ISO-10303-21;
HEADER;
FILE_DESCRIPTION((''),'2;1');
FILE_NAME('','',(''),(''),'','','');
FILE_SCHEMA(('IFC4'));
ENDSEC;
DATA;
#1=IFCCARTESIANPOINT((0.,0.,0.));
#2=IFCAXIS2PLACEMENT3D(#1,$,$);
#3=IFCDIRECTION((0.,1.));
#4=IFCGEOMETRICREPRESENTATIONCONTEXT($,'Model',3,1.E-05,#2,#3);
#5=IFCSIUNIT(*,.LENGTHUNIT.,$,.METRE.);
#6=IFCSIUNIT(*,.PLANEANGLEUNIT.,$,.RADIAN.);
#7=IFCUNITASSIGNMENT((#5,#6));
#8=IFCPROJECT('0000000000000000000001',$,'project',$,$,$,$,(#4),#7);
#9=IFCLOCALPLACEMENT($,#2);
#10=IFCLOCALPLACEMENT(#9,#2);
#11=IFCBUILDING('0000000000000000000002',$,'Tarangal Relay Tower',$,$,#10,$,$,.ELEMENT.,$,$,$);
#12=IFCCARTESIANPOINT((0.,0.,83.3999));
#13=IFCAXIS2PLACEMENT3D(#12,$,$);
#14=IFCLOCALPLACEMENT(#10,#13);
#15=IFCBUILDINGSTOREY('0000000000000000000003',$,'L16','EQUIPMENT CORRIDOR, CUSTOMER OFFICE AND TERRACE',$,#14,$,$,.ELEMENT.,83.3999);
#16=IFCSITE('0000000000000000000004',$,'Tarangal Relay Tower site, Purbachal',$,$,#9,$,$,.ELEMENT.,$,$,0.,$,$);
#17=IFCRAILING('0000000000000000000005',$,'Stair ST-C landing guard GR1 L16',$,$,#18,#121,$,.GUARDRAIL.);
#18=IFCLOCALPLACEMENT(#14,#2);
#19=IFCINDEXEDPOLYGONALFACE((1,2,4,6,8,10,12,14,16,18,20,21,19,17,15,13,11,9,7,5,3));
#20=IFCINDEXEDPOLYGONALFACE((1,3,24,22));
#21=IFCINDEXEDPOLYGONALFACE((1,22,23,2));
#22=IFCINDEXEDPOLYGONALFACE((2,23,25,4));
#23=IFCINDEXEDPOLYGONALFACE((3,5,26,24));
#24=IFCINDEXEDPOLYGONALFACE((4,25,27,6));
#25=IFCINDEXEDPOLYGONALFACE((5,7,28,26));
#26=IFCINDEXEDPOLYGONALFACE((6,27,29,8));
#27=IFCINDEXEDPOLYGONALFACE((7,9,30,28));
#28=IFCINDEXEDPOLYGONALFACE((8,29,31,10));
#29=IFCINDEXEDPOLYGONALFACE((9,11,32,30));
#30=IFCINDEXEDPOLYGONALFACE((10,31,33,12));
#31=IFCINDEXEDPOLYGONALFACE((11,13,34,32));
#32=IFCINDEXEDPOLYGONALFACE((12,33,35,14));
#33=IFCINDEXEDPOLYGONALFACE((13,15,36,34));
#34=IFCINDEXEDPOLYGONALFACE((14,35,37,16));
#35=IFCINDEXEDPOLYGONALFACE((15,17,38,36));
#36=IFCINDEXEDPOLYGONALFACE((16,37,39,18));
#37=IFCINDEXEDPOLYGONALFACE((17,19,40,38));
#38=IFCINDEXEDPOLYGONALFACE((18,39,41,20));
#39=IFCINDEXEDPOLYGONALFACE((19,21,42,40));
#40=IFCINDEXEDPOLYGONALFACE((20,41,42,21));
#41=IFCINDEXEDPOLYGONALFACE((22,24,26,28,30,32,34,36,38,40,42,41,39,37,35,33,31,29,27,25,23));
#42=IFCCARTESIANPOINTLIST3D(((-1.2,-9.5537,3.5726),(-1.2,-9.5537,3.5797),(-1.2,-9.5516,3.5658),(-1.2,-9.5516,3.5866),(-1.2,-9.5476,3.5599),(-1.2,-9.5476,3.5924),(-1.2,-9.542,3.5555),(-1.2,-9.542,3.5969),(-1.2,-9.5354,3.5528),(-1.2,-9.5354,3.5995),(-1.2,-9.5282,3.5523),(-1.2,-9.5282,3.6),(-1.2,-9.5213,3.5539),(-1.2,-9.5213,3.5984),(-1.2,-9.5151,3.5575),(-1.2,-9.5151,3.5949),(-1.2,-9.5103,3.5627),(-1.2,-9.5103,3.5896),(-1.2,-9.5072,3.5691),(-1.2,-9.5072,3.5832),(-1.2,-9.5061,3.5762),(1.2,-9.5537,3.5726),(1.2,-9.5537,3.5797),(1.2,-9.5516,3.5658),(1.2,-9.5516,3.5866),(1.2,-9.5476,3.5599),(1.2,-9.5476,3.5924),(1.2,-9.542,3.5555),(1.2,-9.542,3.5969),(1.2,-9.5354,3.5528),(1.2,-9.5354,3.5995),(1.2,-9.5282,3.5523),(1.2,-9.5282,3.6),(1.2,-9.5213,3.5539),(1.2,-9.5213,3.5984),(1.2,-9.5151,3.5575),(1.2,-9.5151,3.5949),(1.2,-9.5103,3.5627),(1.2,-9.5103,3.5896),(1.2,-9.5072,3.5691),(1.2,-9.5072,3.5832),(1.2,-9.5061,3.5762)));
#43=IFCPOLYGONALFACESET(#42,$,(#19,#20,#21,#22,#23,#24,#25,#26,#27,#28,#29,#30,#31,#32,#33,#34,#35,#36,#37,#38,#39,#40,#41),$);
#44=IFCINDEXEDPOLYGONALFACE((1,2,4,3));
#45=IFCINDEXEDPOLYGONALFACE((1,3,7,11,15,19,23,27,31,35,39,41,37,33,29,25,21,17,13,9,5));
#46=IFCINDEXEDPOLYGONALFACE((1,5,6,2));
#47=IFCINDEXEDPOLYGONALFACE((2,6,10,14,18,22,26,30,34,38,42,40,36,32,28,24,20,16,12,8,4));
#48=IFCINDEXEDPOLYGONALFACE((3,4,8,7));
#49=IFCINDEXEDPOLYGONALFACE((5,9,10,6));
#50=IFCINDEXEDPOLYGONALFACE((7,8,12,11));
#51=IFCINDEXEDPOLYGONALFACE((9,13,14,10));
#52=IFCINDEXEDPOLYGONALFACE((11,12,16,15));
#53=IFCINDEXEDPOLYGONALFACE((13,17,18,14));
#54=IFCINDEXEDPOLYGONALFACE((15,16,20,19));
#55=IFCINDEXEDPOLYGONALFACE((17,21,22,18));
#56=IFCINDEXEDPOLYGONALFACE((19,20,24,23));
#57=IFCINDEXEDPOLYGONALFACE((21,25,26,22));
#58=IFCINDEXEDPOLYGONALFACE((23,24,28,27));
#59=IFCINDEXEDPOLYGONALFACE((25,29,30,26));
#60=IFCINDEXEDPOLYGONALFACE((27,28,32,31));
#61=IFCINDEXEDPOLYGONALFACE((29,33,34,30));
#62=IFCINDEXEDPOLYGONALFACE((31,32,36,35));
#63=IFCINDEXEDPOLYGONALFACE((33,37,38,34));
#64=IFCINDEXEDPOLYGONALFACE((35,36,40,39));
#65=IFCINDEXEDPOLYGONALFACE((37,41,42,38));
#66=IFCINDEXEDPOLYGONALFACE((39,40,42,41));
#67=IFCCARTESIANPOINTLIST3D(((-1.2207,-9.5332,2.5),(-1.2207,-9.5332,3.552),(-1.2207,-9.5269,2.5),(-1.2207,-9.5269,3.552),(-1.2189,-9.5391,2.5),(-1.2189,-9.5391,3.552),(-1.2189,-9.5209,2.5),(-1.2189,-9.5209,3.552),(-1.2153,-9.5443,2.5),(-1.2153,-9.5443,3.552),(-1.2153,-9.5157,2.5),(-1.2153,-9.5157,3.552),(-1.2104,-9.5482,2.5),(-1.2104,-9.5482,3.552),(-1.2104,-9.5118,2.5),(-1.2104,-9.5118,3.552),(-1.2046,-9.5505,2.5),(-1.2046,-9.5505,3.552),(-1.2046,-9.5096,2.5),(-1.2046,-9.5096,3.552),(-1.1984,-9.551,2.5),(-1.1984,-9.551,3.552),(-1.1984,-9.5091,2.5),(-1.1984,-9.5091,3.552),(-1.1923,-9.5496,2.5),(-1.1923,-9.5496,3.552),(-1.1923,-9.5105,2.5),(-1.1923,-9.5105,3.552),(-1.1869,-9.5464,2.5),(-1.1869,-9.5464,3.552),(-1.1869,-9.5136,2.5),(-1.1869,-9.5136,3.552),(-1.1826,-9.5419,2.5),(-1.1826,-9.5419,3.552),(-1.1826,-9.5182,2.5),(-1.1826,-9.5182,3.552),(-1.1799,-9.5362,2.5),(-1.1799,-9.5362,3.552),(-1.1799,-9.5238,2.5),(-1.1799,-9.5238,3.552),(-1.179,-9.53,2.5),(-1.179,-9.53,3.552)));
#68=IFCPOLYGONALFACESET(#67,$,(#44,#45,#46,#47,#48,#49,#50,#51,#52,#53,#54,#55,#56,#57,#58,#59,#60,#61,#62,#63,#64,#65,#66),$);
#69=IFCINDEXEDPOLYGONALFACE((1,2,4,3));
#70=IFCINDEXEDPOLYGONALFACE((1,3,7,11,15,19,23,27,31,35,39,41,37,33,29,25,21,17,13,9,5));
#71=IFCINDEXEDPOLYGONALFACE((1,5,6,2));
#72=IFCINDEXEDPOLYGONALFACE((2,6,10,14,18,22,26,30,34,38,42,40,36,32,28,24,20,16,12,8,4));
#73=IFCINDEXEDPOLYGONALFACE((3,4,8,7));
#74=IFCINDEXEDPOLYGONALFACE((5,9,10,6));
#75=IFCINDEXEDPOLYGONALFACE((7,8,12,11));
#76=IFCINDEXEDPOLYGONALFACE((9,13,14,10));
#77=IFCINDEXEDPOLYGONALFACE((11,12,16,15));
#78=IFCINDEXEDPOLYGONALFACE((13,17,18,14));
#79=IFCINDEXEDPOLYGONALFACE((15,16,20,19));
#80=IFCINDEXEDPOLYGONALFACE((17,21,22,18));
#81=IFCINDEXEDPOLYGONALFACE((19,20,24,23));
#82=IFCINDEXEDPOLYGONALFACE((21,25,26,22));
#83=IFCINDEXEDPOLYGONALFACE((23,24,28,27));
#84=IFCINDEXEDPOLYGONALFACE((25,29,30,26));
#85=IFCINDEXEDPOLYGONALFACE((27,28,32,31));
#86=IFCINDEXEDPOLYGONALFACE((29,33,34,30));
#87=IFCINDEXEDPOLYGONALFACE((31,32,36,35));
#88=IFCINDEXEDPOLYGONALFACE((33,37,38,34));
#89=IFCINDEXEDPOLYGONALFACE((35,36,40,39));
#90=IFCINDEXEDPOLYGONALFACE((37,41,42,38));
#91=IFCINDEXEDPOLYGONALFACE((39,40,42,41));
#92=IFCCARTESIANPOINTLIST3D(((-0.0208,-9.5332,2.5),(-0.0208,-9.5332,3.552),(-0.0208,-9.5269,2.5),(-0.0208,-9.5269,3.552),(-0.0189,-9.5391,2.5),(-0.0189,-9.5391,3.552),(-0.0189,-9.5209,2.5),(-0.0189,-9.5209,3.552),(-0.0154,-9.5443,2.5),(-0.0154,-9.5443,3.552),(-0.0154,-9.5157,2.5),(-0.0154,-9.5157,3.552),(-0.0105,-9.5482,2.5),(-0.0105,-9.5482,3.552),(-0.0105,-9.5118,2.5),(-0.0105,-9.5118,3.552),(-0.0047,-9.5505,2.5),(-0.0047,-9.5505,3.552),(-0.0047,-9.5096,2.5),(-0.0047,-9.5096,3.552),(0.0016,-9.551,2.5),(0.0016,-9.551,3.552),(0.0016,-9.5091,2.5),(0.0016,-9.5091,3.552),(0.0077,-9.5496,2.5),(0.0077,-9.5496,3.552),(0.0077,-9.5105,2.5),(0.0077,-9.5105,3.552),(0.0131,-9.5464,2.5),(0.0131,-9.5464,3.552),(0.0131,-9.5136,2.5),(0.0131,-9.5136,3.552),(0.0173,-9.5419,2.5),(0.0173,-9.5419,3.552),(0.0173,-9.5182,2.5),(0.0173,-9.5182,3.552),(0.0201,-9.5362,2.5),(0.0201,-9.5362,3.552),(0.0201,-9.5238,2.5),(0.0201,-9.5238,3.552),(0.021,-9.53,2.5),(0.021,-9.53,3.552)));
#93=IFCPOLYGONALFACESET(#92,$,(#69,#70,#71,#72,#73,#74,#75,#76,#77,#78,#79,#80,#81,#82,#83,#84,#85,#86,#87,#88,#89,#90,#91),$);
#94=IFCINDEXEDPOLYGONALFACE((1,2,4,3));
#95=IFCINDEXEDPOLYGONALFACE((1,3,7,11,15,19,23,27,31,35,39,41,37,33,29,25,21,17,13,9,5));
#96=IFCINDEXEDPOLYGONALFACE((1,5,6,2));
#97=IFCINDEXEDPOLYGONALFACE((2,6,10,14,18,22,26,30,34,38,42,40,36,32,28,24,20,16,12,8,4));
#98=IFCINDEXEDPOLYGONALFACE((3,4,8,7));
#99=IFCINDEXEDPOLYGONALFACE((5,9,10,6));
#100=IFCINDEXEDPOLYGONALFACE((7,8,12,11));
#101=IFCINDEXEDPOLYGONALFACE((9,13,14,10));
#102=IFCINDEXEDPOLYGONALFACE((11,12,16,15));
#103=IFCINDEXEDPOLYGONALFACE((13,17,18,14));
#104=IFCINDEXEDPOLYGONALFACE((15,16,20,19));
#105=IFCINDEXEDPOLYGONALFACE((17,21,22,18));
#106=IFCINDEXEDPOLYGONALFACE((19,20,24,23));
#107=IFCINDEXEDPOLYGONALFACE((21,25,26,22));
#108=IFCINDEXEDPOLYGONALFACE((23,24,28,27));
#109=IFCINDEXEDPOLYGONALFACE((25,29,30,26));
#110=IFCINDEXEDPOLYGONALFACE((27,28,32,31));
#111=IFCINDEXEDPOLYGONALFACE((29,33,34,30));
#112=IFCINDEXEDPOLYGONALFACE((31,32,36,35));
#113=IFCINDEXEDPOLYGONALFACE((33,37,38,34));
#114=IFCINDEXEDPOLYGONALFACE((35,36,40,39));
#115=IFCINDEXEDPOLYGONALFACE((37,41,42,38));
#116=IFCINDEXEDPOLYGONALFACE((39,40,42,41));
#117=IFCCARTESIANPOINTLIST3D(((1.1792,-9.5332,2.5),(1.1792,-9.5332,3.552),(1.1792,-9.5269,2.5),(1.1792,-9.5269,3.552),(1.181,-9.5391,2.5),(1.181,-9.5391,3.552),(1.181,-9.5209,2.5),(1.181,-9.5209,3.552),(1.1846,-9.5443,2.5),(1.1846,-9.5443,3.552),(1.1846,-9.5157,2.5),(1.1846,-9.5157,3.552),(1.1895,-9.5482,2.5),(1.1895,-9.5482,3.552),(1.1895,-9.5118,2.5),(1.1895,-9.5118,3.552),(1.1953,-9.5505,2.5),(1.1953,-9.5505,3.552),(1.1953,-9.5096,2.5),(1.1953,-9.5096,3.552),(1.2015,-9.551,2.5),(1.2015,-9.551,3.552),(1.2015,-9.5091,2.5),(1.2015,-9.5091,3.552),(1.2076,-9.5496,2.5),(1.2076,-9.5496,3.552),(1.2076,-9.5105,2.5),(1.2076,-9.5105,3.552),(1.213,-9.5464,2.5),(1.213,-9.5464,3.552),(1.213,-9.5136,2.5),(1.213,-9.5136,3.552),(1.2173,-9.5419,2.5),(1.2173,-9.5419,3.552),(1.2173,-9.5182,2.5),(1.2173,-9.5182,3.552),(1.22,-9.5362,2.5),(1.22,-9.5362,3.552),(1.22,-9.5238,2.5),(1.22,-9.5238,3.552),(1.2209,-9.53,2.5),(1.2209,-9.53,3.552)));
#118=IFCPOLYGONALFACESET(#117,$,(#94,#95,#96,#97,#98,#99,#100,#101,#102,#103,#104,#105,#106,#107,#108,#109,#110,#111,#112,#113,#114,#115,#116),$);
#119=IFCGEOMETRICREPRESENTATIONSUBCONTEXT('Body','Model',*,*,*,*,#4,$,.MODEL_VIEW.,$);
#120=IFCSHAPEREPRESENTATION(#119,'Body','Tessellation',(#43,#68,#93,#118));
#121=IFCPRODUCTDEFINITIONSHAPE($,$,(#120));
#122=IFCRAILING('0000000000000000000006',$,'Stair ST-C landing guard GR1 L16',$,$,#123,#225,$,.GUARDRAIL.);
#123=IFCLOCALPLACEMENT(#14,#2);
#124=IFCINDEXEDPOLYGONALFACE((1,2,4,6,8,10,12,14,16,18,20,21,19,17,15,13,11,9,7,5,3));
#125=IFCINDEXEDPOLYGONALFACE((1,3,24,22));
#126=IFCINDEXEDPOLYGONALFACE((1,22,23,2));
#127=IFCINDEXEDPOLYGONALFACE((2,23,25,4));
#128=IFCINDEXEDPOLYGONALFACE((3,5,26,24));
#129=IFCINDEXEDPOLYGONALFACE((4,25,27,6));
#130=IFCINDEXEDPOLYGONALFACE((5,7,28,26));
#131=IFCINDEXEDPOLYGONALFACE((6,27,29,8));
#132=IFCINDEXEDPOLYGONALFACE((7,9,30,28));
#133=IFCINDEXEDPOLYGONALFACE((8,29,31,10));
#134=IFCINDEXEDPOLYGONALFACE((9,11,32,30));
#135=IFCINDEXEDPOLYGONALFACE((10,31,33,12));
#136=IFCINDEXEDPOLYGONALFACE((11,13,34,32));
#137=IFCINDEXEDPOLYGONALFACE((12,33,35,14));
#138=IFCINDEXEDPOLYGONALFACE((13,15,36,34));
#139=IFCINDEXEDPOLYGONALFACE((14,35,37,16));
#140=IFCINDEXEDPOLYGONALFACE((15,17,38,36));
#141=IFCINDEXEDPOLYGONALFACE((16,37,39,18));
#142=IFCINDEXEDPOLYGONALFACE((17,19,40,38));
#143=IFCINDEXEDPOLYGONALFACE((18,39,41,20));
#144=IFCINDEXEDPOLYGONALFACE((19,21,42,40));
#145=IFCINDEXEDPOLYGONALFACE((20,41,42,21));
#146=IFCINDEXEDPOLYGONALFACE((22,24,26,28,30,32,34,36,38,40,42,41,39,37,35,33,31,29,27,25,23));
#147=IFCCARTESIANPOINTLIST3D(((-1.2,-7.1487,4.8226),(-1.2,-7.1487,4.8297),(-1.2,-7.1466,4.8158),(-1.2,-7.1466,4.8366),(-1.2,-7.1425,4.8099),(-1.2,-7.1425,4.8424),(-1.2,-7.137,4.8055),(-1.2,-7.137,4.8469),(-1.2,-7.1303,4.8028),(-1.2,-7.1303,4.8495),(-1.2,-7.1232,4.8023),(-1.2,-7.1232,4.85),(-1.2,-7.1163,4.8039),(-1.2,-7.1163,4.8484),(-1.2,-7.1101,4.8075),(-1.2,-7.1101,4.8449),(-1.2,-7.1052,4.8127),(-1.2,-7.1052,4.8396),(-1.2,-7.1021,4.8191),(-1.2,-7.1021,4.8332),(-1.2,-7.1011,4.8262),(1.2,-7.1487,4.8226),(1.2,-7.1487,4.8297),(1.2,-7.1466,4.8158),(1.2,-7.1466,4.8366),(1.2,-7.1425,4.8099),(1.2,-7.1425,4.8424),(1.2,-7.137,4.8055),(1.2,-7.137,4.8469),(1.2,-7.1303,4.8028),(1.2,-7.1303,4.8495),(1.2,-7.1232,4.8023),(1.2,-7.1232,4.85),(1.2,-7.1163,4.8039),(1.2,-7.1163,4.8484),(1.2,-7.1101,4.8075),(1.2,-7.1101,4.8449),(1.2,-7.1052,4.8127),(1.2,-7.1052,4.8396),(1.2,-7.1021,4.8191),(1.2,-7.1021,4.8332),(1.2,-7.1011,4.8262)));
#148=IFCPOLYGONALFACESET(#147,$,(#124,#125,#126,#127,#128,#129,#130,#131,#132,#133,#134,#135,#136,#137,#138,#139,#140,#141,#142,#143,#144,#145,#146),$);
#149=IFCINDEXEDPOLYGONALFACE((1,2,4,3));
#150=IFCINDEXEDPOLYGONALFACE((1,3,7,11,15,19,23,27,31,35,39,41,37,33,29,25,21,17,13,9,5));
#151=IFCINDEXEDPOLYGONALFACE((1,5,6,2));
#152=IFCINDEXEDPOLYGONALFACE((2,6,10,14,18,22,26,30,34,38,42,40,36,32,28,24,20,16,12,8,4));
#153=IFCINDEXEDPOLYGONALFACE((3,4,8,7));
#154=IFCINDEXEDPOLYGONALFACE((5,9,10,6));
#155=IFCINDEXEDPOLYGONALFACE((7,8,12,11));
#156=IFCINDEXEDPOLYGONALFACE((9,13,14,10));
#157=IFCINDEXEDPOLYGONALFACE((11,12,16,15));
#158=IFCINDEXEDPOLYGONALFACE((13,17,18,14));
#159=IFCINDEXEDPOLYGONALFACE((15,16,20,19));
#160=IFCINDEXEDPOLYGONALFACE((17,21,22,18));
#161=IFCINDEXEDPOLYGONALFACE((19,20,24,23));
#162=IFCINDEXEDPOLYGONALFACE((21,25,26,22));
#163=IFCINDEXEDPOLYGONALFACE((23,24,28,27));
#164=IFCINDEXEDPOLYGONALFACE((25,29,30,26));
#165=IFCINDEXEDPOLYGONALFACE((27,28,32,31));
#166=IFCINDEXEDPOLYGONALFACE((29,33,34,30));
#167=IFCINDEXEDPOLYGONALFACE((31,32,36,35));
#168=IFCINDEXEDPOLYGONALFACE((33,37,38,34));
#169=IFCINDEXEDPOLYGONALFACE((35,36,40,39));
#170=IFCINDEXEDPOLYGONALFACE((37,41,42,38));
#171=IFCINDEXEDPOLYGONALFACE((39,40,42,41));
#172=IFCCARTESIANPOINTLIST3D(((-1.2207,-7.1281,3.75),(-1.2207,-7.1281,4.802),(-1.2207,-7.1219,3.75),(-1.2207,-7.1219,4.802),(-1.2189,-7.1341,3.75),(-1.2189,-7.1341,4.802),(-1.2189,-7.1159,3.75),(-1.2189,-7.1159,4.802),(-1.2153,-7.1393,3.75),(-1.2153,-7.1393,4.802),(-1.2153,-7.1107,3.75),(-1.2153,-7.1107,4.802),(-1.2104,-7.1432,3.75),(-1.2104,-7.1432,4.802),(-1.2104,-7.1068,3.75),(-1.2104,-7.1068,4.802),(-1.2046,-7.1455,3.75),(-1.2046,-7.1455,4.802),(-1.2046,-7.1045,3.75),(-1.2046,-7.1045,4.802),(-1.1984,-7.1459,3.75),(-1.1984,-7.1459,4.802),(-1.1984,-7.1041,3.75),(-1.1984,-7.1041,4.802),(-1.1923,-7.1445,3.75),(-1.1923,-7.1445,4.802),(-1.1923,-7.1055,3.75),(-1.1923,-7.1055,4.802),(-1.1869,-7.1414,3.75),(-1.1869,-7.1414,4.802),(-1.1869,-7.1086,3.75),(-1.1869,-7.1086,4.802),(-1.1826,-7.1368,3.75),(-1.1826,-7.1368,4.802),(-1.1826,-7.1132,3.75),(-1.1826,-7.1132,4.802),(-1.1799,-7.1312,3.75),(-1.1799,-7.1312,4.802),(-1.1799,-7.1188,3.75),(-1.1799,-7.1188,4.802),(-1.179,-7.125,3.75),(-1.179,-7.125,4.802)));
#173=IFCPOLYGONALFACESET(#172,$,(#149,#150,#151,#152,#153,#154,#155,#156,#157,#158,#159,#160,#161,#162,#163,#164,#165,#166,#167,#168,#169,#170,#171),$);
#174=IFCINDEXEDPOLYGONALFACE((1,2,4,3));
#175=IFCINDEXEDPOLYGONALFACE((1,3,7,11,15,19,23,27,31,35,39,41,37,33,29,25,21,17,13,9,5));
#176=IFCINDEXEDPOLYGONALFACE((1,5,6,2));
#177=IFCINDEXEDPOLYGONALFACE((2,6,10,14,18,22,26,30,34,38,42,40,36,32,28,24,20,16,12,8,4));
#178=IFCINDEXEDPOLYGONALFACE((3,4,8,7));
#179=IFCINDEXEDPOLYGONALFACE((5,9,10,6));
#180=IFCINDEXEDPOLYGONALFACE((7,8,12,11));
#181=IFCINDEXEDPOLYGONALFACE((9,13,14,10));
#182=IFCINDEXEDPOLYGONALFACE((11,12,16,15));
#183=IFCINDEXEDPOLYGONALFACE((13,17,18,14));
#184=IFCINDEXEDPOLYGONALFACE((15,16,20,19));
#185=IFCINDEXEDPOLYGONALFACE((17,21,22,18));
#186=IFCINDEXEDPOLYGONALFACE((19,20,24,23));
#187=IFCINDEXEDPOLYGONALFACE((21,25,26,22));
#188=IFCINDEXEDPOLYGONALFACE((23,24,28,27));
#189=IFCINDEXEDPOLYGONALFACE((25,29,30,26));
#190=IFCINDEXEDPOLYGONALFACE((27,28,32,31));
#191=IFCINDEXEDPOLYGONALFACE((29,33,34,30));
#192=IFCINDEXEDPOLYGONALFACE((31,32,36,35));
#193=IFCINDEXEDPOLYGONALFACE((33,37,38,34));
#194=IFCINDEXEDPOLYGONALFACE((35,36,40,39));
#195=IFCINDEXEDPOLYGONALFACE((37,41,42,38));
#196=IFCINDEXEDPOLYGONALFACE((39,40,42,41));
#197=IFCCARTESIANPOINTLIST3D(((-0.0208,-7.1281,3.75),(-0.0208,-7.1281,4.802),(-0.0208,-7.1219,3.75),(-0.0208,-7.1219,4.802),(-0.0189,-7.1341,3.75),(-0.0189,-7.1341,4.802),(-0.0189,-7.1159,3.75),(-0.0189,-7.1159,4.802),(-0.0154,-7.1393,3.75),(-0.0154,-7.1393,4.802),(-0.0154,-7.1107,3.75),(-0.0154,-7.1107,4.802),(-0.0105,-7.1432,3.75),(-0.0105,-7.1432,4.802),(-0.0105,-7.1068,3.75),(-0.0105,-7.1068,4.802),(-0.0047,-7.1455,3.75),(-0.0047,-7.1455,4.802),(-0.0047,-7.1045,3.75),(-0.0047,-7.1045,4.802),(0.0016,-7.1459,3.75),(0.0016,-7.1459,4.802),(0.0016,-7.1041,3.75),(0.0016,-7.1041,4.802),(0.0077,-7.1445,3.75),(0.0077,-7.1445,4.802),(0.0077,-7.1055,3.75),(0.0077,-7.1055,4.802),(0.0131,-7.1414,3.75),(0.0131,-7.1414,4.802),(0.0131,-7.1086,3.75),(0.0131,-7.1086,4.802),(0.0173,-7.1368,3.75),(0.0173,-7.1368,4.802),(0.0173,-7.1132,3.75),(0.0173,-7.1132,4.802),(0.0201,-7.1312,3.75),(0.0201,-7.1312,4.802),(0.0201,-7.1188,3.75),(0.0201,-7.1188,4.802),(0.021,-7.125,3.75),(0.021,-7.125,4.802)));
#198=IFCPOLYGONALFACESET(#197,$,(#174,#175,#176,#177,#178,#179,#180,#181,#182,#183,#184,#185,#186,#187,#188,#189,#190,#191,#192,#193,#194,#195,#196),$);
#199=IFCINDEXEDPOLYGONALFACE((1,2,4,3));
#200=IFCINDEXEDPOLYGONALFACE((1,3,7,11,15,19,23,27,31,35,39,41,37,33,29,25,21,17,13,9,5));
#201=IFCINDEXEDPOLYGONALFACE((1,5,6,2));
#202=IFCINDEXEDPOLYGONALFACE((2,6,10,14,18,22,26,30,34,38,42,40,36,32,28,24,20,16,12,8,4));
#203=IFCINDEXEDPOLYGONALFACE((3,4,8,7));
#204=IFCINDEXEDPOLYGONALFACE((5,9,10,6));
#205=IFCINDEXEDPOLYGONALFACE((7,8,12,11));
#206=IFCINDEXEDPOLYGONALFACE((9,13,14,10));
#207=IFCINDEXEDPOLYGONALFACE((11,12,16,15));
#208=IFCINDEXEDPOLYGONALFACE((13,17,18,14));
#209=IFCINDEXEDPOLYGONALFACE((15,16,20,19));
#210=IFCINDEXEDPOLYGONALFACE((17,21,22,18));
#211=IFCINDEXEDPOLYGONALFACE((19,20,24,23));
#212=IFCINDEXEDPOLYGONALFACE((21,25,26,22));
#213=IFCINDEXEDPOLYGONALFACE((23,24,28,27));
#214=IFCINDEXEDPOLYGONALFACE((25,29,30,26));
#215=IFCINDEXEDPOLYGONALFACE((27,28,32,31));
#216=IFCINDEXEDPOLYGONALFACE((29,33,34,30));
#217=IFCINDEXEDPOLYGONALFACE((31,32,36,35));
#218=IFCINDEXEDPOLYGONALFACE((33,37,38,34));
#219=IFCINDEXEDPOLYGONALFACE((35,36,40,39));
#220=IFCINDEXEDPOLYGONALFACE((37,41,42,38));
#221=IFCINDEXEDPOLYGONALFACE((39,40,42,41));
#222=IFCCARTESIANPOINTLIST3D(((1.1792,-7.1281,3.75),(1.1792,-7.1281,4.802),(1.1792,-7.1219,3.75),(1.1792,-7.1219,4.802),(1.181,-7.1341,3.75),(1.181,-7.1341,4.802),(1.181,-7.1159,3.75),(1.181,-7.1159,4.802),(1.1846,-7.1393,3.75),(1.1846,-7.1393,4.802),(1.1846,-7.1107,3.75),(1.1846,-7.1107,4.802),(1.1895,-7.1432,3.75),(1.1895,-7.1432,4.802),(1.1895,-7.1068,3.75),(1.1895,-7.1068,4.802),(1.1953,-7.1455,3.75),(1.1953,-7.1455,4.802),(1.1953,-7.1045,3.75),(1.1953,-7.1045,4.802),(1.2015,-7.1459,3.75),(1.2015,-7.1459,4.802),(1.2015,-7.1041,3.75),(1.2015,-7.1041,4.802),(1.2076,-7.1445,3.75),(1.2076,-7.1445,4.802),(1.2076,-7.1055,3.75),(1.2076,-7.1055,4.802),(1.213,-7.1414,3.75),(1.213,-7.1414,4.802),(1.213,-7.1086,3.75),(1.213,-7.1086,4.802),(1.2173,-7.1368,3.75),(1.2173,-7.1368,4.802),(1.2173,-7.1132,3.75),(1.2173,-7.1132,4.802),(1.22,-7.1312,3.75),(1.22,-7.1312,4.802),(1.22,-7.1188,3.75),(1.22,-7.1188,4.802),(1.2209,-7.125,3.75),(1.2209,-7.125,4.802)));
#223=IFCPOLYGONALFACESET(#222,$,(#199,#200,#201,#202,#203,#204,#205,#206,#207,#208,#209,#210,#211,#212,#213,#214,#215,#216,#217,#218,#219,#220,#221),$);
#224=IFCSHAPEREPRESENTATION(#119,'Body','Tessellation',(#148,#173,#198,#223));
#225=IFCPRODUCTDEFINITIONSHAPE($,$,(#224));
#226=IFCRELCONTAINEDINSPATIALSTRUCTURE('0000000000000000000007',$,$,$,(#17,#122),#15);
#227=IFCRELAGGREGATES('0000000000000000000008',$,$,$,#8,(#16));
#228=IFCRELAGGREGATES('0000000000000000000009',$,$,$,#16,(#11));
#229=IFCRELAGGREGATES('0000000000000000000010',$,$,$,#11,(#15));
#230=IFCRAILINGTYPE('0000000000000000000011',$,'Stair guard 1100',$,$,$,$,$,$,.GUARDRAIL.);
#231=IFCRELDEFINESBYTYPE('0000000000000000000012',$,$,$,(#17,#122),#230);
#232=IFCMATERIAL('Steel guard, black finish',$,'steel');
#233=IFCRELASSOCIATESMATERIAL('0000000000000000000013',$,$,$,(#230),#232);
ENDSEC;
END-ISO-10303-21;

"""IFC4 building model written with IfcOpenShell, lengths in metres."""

from ifc_helpers import new_model, si_unit, direction, frame, origin, origin_2d, place, context, subcontext, project, spatial, circle, extrude, material, type_object, element, save


model = new_model("IFC4")

# Units and contexts
model_context = context("Model", 3, precision=1e-05, world=origin(), true_north=direction((0.0, 1.0)))
body_context = subcontext(model_context, "Body", "Model", "MODEL_VIEW")
ifc_project = project(units=[si_unit("LENGTHUNIT", "METRE"), si_unit("PLANEANGLEUNIT", "RADIAN")], contexts=[model_context])

# Site, building, storey
site_placement = place(None, origin())
site = spatial("IfcSite", under=ifc_project, at=site_placement, Name="Tarangal Relay Tower site, Purbachal", CompositionType="ELEMENT", RefElevation=0.0)
building_placement = place(site_placement, origin())
building = spatial("IfcBuilding", under=site, at=building_placement, Name="Tarangal Relay Tower", CompositionType="ELEMENT")
storey_placement = place(building_placement, frame((0.0, 0.0, 83.3999)))
storey = spatial("IfcBuildingStorey", under=building, at=storey_placement, Name="L16", Description="EQUIPMENT CORRIDOR, CUSTOMER OFFICE AND TERRACE", CompositionType="ELEMENT", Elevation=83.3999)

# Railings
ifc_material_1 = material(Name="Steel guard, black finish", Category="steel")
railing_type_1 = type_object("IfcRailingType", Name="Stair guard 1100", PredefinedType="GUARDRAIL", material=ifc_material_1)
for number, where, name in (
    (1, (-1.2, -9.53, 2.5), "Stair ST-C landing guard GR1 L16"),
    (2, (-1.2, -7.125, 3.75), "Stair ST-C landing guard GR1 L16"),
):
    element("IfcRailing", number, at=place(storey_placement, frame(where)), inside=storey, type_object=railing_type_1, Name=name, PredefinedType="GUARDRAIL", context=body_context, shape_type="SweptSolid", body=[
        extrude(circle(Radius=0.0239, at=origin_2d()), frame((0.0, 0.0, 1.0762), z_axis=(1.0, 0.0, 0.0), x_axis=(0.0, 1.0, 0.0)), (0.0, 0.0, 1.0), 2.3999),
        extrude(circle(Radius=0.021, at=origin_2d()), origin(), (0.0, 0.0, 1.0), 1.052),
        extrude(circle(Radius=0.021, at=origin_2d()), frame((1.2, 0.0, 0.0)), (0.0, 0.0, 1.0), 1.052),
        extrude(circle(Radius=0.021, at=origin_2d()), frame((2.3999, 0.0, 0.0)), (0.0, 0.0, 1.0), 1.052),
    ])

save(model, "model.ifc")
